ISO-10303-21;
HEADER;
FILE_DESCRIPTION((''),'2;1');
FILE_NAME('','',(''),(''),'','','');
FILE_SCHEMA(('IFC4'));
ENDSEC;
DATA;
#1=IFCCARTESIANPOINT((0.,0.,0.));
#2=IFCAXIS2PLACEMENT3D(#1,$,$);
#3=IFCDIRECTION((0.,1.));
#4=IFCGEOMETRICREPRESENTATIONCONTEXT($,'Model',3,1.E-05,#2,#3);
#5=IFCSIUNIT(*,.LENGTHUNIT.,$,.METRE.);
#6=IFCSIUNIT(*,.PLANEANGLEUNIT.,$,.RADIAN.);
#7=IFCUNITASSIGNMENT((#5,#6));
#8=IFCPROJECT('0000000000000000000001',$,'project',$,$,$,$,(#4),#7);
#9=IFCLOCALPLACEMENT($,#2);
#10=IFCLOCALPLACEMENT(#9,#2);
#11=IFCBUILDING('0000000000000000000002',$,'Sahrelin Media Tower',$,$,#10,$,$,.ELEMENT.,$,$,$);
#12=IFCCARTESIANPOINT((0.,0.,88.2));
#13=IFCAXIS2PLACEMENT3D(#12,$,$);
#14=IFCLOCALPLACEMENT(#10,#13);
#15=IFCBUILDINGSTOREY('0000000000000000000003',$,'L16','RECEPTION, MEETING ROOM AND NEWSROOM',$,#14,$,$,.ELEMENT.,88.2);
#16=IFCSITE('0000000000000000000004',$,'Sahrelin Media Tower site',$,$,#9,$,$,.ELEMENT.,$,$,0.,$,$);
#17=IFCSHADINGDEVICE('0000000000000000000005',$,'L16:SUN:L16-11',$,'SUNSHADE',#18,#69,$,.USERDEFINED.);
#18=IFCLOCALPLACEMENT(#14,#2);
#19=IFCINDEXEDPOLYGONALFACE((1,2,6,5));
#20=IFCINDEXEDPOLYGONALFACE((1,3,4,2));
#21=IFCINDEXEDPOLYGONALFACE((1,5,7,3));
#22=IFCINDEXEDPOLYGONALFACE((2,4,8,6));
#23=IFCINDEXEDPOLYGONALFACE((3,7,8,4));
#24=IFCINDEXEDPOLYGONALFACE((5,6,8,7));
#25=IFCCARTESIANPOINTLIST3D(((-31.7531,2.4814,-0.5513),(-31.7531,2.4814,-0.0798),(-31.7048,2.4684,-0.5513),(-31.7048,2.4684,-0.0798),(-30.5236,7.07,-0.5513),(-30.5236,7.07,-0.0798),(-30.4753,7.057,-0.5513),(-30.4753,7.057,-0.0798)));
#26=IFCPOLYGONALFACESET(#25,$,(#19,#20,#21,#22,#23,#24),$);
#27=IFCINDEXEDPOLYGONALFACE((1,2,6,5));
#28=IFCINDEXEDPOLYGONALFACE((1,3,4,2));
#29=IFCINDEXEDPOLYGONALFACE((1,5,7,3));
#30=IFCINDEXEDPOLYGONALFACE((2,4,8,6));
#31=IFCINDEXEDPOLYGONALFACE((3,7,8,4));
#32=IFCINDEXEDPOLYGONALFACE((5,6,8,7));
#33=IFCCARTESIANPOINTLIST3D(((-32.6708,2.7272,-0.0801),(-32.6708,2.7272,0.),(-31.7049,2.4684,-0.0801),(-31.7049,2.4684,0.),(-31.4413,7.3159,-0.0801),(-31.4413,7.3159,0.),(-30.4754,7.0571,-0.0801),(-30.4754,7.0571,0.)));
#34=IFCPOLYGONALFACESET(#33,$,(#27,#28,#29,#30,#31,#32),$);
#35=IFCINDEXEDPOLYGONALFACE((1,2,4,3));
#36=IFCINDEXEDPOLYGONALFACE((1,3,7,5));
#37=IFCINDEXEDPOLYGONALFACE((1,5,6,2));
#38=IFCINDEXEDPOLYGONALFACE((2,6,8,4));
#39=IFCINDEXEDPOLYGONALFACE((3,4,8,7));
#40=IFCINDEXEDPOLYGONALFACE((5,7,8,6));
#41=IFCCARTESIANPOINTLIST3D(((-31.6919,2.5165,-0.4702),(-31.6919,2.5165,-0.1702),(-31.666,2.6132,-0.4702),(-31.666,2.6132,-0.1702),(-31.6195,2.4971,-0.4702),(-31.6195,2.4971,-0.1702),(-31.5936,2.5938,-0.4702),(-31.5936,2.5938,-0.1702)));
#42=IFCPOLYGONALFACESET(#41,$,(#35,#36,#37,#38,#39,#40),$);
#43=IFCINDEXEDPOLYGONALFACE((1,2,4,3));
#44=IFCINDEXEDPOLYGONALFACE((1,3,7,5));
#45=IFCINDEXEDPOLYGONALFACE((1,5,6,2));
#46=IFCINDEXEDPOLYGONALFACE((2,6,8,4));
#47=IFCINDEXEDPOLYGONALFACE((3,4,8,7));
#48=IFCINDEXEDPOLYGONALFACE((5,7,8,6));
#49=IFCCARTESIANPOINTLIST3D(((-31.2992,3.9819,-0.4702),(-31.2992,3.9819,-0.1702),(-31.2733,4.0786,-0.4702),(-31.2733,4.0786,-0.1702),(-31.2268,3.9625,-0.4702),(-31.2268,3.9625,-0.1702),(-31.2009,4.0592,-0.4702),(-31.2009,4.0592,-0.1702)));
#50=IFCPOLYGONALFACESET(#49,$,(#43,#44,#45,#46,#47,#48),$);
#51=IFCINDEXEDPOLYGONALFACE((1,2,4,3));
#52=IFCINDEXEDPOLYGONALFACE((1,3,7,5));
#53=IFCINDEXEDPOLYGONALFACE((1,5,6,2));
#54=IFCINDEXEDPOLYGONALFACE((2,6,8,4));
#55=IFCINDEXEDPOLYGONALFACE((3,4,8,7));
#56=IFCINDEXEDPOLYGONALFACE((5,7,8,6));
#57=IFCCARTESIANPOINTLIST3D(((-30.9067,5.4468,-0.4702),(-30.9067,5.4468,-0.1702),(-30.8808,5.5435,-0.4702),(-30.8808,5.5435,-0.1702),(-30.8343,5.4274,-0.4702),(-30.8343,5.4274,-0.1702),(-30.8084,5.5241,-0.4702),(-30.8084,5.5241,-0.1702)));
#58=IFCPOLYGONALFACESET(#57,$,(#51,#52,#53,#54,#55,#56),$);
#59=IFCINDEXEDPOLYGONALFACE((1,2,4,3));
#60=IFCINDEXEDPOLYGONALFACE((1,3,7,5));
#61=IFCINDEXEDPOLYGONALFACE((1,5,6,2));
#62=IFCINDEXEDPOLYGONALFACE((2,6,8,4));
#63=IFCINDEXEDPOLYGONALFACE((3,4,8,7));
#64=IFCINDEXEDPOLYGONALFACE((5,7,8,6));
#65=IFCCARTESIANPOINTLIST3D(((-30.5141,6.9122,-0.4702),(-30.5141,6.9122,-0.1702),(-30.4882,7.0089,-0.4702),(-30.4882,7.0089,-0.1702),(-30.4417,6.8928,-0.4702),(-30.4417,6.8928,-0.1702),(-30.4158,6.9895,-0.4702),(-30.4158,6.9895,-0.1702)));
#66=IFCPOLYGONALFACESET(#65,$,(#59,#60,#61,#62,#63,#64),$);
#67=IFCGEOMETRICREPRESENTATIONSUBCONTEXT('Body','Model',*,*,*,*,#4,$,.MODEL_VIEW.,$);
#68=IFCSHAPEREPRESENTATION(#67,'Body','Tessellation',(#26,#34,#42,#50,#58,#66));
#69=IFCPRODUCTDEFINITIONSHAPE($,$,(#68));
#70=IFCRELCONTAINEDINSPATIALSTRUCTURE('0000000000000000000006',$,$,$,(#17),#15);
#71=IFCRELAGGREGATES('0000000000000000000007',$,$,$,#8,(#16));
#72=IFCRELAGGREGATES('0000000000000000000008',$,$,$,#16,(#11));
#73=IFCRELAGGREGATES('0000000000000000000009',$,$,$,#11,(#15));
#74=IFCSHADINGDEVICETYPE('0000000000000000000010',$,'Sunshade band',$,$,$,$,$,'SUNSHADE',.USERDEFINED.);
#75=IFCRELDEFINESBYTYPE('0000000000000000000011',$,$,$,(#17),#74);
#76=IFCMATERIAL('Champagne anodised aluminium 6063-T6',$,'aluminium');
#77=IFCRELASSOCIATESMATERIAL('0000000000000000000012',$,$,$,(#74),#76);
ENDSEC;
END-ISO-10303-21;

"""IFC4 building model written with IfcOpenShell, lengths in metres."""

from ifc_helpers import new_model, si_unit, direction, frame, origin, origin_2d, place, context, subcontext, project, spatial, rectangle, extrude, material, type_object, element, save


model = new_model("IFC4")

# Units and contexts
model_context = context("Model", 3, precision=1e-05, world=origin(), true_north=direction((0.0, 1.0)))
body_context = subcontext(model_context, "Body", "Model", "MODEL_VIEW")
ifc_project = project(units=[si_unit("LENGTHUNIT", "METRE"), si_unit("PLANEANGLEUNIT", "RADIAN")], contexts=[model_context])

# Site, building, storey
site_placement = place(None, origin())
site = spatial("IfcSite", under=ifc_project, at=site_placement, Name="Sahrelin Media Tower site", CompositionType="ELEMENT", RefElevation=0.0)
building_placement = place(site_placement, origin())
building = spatial("IfcBuilding", under=site, at=building_placement, Name="Sahrelin Media Tower", CompositionType="ELEMENT")
storey_placement = place(building_placement, frame((0.0, 0.0, 88.2)))
storey = spatial("IfcBuildingStorey", under=building, at=storey_placement, Name="L16", Description="RECEPTION, MEETING ROOM AND NEWSROOM", CompositionType="ELEMENT", Elevation=88.2)

# Shared definitions
ifc_material_1 = material(Name="Champagne anodised aluminium 6063-T6", Category="aluminium")

# Shading device
placement_1 = place(storey_placement, frame((-31.0708, 4.7576, 0.0), z_axis=(0.0, 0.0, 1.0), x_axis=(0.258808, 0.965929, 0.0)))
shading_device_type_1 = type_object("IfcShadingDeviceType", Name="Sunshade band", ElementType="SUNSHADE", PredefinedType="USERDEFINED", material=ifc_material_1)
element("IfcShadingDevice", 1, at=placement_1, inside=storey, type_object=shading_device_type_1, Name="L16:SUN:L16-11", ObjectType="SUNSHADE", PredefinedType="USERDEFINED", context=body_context, shape_type="SweptSolid", body=[
    extrude(rectangle(XDim=4.7505, YDim=0.05, at=origin_2d()), frame((0.0, 0.0449, -0.5513)), (0.0, 0.0, 1.0), 0.4714),
    extrude(rectangle(XDim=4.7505, YDim=1.0, at=origin_2d()), frame((0.0, 0.52, -0.0801)), (0.0, 0.0, 1.0), 0.0801),
    extrude(rectangle(XDim=0.1001, YDim=0.075, at=origin_2d()), frame((-2.2754, -0.0176, -0.4702)), (0.0, 0.0, 1.0), 0.3),
    extrude(rectangle(XDim=0.1001, YDim=0.075, at=origin_2d()), frame((-0.7583, -0.0176, -0.4702)), (0.0, 0.0, 1.0), 0.3),
    extrude(rectangle(XDim=0.1001, YDim=0.075, at=origin_2d()), frame((0.7583, -0.0176, -0.4702)), (0.0, 0.0, 1.0), 0.3),
    extrude(rectangle(XDim=0.1001, YDim=0.075, at=origin_2d()), frame((2.2754, -0.0176, -0.4702)), (0.0, 0.0, 1.0), 0.3),
])

save(model, "model.ifc")
